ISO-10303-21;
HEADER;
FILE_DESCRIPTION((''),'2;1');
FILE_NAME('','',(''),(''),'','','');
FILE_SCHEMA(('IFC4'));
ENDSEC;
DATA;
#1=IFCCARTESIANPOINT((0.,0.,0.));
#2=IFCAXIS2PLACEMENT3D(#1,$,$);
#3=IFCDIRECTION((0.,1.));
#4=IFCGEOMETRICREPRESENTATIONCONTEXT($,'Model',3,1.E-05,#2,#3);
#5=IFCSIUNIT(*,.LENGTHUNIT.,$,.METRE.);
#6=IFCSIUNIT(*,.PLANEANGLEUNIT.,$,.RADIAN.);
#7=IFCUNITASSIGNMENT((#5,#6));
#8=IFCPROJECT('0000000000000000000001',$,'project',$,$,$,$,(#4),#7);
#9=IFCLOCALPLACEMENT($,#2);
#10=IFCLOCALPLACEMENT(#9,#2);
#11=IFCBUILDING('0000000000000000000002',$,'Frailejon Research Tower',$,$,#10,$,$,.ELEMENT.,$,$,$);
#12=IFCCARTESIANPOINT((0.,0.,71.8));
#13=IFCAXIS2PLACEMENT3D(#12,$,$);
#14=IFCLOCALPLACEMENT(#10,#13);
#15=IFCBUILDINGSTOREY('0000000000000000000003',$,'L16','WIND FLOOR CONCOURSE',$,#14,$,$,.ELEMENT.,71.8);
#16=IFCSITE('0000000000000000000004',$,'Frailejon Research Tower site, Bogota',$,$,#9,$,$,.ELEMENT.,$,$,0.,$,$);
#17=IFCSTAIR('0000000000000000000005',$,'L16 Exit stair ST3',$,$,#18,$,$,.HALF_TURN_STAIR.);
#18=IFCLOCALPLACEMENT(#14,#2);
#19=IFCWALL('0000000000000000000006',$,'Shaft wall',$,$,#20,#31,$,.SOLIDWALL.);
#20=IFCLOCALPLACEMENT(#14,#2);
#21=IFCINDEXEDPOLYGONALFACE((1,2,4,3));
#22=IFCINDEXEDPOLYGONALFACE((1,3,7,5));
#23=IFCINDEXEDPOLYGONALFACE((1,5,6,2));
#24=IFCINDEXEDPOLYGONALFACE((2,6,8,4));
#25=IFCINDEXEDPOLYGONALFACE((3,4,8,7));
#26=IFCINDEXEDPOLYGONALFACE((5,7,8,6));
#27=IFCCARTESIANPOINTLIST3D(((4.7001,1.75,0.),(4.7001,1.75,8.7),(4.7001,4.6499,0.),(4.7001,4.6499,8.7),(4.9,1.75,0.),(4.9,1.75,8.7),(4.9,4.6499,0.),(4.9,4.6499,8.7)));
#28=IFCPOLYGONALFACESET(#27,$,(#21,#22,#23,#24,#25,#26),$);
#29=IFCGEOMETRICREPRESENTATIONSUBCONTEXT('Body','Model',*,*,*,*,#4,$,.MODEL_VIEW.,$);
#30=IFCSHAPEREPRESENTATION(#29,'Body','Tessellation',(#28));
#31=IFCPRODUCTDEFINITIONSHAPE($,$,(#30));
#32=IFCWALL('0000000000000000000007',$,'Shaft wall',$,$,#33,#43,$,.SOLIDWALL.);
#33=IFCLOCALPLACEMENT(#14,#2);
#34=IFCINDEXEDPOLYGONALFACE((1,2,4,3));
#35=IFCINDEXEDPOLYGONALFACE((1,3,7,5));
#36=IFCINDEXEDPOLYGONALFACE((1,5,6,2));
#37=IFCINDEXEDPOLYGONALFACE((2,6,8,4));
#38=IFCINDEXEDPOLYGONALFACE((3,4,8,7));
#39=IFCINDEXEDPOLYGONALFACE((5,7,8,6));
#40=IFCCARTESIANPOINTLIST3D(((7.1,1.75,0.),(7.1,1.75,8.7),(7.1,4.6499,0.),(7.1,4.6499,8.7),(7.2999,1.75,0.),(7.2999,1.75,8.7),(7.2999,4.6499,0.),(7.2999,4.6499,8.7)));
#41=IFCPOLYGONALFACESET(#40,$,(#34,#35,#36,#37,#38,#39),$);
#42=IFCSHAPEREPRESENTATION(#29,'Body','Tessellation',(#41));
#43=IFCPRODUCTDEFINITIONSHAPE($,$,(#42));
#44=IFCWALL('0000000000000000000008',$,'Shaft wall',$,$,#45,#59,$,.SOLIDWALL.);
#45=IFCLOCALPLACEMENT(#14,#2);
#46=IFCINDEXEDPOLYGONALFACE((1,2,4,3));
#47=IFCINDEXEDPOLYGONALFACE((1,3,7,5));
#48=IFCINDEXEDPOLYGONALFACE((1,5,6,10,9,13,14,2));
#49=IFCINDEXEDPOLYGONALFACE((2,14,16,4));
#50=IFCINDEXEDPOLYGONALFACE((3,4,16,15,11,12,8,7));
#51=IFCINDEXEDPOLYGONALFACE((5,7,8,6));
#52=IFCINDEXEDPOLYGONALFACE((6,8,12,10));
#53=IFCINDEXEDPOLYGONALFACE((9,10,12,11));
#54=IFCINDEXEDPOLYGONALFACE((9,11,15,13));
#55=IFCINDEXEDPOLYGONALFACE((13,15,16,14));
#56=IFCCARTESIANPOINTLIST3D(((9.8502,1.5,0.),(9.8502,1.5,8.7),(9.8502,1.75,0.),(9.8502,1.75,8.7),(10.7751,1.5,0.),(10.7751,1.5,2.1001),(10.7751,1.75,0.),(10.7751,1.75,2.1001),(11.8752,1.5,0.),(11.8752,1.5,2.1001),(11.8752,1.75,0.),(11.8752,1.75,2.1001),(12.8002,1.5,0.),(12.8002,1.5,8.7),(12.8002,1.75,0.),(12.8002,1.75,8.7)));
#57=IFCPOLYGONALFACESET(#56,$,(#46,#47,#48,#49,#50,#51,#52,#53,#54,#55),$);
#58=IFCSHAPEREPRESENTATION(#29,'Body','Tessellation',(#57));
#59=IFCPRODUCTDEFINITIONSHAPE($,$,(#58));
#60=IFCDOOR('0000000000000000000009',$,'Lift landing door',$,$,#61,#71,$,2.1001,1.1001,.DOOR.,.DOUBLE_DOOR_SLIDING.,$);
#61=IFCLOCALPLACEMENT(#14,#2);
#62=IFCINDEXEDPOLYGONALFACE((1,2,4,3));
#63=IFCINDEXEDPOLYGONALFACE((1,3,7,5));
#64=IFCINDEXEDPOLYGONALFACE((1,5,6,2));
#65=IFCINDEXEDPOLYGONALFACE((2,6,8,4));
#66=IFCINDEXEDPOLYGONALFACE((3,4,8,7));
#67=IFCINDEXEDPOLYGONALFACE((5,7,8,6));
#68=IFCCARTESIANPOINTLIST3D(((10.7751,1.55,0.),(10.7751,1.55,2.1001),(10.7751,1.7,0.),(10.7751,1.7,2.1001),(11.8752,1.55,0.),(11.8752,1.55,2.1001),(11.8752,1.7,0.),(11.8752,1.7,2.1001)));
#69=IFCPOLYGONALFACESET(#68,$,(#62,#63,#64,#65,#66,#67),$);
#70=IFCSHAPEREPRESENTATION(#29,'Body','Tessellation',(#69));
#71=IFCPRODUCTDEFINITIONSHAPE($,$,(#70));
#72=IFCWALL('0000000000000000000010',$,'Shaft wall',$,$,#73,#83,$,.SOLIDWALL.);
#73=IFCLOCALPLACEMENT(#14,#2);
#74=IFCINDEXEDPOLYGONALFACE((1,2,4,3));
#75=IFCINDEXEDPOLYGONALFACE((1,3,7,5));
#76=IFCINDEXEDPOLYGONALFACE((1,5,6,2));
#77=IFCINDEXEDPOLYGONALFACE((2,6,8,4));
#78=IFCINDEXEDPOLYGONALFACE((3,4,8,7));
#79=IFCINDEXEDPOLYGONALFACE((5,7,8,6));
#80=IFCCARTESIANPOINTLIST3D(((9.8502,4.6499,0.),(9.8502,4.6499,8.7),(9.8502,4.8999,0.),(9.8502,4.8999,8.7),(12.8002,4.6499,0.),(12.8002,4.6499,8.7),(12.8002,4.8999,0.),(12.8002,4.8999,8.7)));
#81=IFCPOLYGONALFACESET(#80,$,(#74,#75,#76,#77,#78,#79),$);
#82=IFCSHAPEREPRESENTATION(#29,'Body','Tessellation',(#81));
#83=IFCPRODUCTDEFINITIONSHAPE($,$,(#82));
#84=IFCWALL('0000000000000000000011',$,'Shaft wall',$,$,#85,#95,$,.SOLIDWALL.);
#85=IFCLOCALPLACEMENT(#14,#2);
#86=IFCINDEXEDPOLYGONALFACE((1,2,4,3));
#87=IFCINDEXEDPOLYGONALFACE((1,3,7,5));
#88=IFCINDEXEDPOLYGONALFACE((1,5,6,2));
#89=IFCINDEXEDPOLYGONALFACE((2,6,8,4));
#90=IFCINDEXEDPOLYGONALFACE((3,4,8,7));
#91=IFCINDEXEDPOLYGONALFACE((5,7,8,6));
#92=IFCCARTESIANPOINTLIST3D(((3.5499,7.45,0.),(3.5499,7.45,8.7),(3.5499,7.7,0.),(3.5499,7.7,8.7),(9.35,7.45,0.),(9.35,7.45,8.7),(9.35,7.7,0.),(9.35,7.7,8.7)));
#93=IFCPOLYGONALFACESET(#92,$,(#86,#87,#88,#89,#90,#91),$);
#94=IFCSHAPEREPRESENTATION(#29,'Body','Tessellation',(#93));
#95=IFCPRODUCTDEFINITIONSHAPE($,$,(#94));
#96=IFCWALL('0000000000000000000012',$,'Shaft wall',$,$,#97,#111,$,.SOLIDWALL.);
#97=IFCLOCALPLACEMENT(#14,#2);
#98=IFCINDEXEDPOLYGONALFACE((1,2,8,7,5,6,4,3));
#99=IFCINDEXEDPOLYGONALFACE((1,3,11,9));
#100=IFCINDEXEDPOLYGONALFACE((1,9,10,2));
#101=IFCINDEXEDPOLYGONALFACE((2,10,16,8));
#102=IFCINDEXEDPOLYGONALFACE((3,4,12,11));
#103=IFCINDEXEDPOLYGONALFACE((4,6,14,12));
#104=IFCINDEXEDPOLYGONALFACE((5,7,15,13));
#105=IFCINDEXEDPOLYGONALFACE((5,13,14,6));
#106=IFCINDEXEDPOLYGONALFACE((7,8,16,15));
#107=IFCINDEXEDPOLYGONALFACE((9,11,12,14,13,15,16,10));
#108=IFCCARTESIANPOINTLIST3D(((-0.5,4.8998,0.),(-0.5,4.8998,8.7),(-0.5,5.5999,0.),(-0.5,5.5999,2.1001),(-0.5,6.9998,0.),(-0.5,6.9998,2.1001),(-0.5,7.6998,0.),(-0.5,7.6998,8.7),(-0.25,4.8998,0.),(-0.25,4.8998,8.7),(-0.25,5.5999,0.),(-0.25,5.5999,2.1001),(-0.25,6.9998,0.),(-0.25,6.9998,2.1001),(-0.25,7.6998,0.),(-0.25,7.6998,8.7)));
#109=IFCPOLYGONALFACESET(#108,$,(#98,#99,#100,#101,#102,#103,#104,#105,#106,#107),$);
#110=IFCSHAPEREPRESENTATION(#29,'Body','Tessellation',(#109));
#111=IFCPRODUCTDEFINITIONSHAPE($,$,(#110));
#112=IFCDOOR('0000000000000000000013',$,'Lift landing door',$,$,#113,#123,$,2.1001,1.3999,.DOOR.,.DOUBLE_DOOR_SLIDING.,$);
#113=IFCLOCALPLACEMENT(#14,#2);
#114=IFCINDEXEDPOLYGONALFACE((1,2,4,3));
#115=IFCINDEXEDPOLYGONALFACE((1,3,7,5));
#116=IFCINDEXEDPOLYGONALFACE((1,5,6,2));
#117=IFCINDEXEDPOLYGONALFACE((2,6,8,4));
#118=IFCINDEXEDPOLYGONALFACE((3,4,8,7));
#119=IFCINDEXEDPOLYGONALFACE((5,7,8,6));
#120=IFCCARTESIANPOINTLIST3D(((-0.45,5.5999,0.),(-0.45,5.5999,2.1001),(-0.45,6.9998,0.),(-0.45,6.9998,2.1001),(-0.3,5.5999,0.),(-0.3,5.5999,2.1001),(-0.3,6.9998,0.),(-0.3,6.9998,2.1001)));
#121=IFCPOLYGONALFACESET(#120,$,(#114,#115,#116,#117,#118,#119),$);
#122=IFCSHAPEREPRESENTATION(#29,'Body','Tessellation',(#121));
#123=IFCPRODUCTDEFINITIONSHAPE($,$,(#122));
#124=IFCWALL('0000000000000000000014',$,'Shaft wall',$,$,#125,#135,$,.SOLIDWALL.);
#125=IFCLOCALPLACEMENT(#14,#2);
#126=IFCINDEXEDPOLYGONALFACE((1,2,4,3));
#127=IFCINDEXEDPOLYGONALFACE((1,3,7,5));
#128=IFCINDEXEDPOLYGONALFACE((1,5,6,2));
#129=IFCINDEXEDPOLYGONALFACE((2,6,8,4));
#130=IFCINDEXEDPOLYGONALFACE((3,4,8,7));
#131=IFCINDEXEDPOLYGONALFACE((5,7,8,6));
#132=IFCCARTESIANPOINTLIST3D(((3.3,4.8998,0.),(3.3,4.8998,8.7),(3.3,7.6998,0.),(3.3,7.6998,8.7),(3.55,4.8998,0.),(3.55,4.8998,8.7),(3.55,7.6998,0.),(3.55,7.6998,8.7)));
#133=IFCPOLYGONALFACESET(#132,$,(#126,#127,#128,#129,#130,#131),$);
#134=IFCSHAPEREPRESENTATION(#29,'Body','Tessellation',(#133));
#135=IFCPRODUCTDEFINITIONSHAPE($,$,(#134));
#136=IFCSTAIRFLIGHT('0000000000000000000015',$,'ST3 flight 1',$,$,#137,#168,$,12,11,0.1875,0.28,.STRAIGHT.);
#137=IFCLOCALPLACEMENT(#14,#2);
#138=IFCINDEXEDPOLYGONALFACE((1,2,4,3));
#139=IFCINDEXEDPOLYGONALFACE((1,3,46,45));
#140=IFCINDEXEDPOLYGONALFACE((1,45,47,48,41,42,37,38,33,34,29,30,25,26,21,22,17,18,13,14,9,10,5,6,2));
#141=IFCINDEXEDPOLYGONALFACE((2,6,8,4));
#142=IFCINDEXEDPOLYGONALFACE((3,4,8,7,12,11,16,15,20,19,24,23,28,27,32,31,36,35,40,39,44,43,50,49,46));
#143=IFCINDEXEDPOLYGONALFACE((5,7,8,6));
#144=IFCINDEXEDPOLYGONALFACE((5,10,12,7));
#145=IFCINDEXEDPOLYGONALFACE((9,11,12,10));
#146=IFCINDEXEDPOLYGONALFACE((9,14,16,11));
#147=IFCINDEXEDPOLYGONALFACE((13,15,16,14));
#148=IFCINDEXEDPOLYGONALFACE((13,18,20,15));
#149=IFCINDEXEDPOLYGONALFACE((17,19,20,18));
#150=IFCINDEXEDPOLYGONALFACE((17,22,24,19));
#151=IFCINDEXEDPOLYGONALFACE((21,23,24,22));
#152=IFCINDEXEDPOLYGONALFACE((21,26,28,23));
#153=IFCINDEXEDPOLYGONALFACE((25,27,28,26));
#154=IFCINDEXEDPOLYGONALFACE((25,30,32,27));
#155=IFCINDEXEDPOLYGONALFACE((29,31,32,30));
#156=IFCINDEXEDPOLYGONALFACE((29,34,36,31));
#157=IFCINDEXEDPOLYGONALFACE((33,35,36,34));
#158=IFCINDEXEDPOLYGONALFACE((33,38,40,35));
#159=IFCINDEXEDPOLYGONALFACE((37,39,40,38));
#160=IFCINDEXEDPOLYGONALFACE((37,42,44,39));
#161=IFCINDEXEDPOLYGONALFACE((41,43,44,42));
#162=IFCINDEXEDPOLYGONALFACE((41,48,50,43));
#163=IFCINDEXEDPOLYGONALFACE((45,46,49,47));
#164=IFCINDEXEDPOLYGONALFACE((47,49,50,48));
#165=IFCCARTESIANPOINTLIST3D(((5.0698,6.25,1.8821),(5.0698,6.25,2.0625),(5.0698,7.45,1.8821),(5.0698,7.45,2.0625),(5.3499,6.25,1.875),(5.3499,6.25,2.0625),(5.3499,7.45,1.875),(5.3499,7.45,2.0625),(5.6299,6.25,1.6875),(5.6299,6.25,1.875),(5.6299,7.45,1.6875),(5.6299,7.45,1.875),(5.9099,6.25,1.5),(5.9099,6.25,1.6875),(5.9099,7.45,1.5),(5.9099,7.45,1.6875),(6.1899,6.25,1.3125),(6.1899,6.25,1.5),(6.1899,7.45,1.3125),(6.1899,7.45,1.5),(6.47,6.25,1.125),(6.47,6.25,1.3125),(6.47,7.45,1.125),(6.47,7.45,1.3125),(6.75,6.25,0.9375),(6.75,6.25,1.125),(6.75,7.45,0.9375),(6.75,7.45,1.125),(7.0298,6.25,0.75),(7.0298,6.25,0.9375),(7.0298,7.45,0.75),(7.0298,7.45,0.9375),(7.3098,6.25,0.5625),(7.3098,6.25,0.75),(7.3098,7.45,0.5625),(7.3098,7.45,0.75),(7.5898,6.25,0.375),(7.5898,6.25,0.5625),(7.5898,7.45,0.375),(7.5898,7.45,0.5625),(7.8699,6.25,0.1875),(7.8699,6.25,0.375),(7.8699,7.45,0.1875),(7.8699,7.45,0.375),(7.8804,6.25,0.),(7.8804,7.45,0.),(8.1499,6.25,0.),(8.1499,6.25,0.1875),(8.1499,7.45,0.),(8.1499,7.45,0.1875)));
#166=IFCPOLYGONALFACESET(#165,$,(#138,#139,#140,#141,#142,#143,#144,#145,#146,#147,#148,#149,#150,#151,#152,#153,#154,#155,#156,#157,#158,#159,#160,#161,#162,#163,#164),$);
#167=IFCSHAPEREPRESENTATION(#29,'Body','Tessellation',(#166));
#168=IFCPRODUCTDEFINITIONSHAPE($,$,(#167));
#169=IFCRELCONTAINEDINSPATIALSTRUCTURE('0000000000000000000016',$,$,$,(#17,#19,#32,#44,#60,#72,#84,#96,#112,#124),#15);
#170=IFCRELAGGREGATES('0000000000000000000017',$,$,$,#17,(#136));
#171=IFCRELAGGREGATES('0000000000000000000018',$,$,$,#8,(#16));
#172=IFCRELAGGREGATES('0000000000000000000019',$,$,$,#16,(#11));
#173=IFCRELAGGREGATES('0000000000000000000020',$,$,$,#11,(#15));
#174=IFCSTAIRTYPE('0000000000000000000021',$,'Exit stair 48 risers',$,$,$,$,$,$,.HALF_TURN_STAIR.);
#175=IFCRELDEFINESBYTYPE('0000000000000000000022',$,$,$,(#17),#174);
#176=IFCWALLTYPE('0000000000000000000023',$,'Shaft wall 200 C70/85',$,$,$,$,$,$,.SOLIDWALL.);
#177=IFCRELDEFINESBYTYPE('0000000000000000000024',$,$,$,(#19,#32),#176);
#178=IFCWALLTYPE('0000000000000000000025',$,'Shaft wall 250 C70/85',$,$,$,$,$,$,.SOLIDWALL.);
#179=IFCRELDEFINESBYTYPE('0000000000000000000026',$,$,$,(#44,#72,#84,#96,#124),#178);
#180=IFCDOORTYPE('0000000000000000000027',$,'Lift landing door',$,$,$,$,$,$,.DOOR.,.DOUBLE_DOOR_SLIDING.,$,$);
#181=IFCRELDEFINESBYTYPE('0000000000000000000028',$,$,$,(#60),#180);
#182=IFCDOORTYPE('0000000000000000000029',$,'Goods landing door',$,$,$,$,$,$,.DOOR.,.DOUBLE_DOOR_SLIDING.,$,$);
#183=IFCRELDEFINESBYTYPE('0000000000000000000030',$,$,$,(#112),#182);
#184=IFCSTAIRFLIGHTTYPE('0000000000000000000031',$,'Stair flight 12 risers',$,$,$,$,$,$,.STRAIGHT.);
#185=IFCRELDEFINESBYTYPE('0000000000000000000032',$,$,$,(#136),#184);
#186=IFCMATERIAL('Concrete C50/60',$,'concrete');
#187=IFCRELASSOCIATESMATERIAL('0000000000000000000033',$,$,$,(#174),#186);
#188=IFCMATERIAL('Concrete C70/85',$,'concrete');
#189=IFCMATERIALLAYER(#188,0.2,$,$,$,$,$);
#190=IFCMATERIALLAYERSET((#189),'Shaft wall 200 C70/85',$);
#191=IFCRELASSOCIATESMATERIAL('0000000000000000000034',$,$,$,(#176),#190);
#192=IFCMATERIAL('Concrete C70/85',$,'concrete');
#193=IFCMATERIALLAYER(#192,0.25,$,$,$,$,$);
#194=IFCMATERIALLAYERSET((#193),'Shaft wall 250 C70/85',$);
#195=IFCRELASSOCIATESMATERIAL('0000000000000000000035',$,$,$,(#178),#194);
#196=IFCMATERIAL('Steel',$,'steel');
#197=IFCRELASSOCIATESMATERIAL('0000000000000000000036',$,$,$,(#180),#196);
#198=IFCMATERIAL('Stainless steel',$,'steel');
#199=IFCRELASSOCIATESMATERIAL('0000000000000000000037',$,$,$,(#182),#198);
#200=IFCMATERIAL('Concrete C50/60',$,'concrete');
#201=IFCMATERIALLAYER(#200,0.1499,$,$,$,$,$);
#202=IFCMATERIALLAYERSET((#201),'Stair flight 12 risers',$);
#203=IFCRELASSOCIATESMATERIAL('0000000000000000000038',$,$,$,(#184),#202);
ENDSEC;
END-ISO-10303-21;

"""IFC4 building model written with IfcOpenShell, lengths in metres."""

from ifc_helpers import new_model, si_unit, direction, frame, frame_2d, origin, place, context, subcontext, project, spatial, polyline, rectangle, outline, extrude, material, layer, layer_set, type_object, element, fill, aggregate, save


model = new_model("IFC4")

# Units and contexts
model_context = context("Model", 3, precision=1e-05, world=origin(), true_north=direction((0.0, 1.0)))
body_context = subcontext(model_context, "Body", "Model", "MODEL_VIEW")
ifc_project = project(units=[si_unit("LENGTHUNIT", "METRE"), si_unit("PLANEANGLEUNIT", "RADIAN")], contexts=[model_context])

# Site, building, storey
site_placement = place(None, origin())
site = spatial("IfcSite", under=ifc_project, at=site_placement, Name="Frailejon Research Tower site, Bogota", CompositionType="ELEMENT", RefElevation=0.0)
building_placement = place(site_placement, origin())
building = spatial("IfcBuilding", under=site, at=building_placement, Name="Frailejon Research Tower", CompositionType="ELEMENT")
storey_placement = place(building_placement, frame((0.0, 0.0, 71.8)))
storey = spatial("IfcBuildingStorey", under=building, at=storey_placement, Name="L16", Description="WIND FLOOR CONCOURSE", CompositionType="ELEMENT", Elevation=71.8)

# Stair
ifc_material_1 = material(Name="Concrete C50/60", Category="concrete")
stair_type = type_object("IfcStairType", Name="Exit stair 48 risers", PredefinedType="HALF_TURN_STAIR", material=ifc_material_1)
stair_placement = place(storey_placement, origin())
stair = element("IfcStair", 1, at=stair_placement, inside=storey, type_object=stair_type, Name="L16 Exit stair ST3", PredefinedType="HALF_TURN_STAIR")

# Walls
ifc_material_2 = material(Name="Concrete C70/85", Category="concrete")
ifc_layer_1 = layer(ifc_material_2, 0.2)
ifc_layer_set_1 = layer_set([ifc_layer_1], Name="Shaft wall 200 C70/85")
wall_type_1 = type_object("IfcWallType", Name="Shaft wall 200 C70/85", PredefinedType="SOLIDWALL", material=ifc_layer_set_1)
for number, where, z_axis, x_axis, name in (
    (2, (4.8, 1.75, 0.0), (0.0, 0.0, 1.0), (0.0, 1.0, 0.0), "Shaft wall"),
    (3, (7.2, 1.75, 0.0), (0.0, 0.0, 1.0), (0.0, 1.0, 0.0), "Shaft wall"),
):
    element("IfcWall", number, at=place(storey_placement, frame(where, z_axis=z_axis, x_axis=x_axis)), inside=storey, type_object=wall_type_1, Name=name, PredefinedType="SOLIDWALL", context=body_context, shape_type="SweptSolid", body=[
        extrude(rectangle(XDim=2.8999, YDim=0.2, at=frame_2d((1.45, 0.0))), origin(), (0.0, 0.0, 1.0), 8.7),
    ])

# Wall, opening, door
ifc_material_3 = material(Name="Concrete C70/85", Category="concrete")
ifc_layer_2 = layer(ifc_material_3, 0.25)
ifc_layer_set_2 = layer_set([ifc_layer_2], Name="Shaft wall 250 C70/85")
wall_type_2 = type_object("IfcWallType", Name="Shaft wall 250 C70/85", PredefinedType="SOLIDWALL", material=ifc_layer_set_2)
wall_1_placement = place(storey_placement, frame((9.8501, 1.625, 0.0), z_axis=(0.0, 0.0, 1.0), x_axis=(1.0, 0.0, 0.0)))
wall_1 = element("IfcWall", 4, at=wall_1_placement, inside=storey, type_object=wall_type_2, Name="Shaft wall", PredefinedType="SOLIDWALL", context=body_context, shape_type="SweptSolid", body=[
    extrude(rectangle(XDim=2.95, YDim=0.25, at=frame_2d((1.4751, 0.0))), origin(), (0.0, 0.0, 1.0), 8.7),
])
opening_1_placement = place(wall_1_placement, frame((0.925, 0.0, 0.0)))
opening_1 = element("IfcOpeningElement", 5, at=opening_1_placement, cuts=wall_1, PredefinedType="OPENING", context=body_context, shape_type="SweptSolid", body=[
    extrude(rectangle(XDim=1.1001, YDim=2.1001, at=frame_2d((0.55, 1.05))), frame((0.0, 0.135, 0.0), z_axis=(0.0, -1.0, 0.0), x_axis=(1.0, 0.0, 0.0)), (0.0, 0.0, 1.0), 0.27),
])
ifc_material_4 = material(Name="Steel", Category="steel")
door_type_1 = type_object("IfcDoorType", Name="Lift landing door", OperationType="DOUBLE_DOOR_SLIDING", PredefinedType="DOOR", material=ifc_material_4)
door_1_placement = place(opening_1_placement, origin())
door_1 = element("IfcDoor", 6, at=door_1_placement, inside=storey, type_object=door_type_1, Name="Lift landing door", OperationType="DOUBLE_DOOR_SLIDING", OverallHeight=2.1001, OverallWidth=1.1001, PredefinedType="DOOR", context=body_context, shape_type="SweptSolid", body=[
    extrude(rectangle(XDim=1.1001, YDim=2.1001, at=frame_2d((0.55, 1.05))), frame((0.0, 0.075, 0.0), z_axis=(0.0, -1.0, 0.0), x_axis=(1.0, 0.0, 0.0)), (0.0, 0.0, 1.0), 0.1499),
])
fill(opening_1, door_1)

# Walls
wall_2_placement = place(storey_placement, frame((9.8501, 4.7749, 0.0), z_axis=(0.0, 0.0, 1.0), x_axis=(1.0, 0.0, 0.0)))
element("IfcWall", 7, at=wall_2_placement, inside=storey, type_object=wall_type_2, Name="Shaft wall", PredefinedType="SOLIDWALL", context=body_context, shape_type="SweptSolid", body=[
    extrude(rectangle(XDim=2.95, YDim=0.25, at=frame_2d((1.4751, 0.0))), origin(), (0.0, 0.0, 1.0), 8.7),
])
wall_3_placement = place(storey_placement, frame((3.55, 7.575, 0.0), z_axis=(0.0, 0.0, 1.0), x_axis=(1.0, 0.0, 0.0)))
element("IfcWall", 8, at=wall_3_placement, inside=storey, type_object=wall_type_2, Name="Shaft wall", PredefinedType="SOLIDWALL", context=body_context, shape_type="SweptSolid", body=[
    extrude(rectangle(XDim=5.8, YDim=0.25, at=frame_2d((2.8999, 0.0))), origin(), (0.0, 0.0, 1.0), 8.7),
])

# Wall, opening, door
wall_4_placement = place(storey_placement, frame((-0.375, 4.8999, 0.0), z_axis=(0.0, 0.0, 1.0), x_axis=(0.0, 1.0, 0.0)))
wall_4 = element("IfcWall", 9, at=wall_4_placement, inside=storey, type_object=wall_type_2, Name="Shaft wall", PredefinedType="SOLIDWALL", context=body_context, shape_type="SweptSolid", body=[
    extrude(rectangle(XDim=2.8, YDim=0.25, at=frame_2d((1.3999, 0.0))), origin(), (0.0, 0.0, 1.0), 8.7),
])
opening_2_placement = place(wall_4_placement, frame((0.7, 0.0, 0.0)))
opening_2 = element("IfcOpeningElement", 10, at=opening_2_placement, cuts=wall_4, PredefinedType="OPENING", context=body_context, shape_type="SweptSolid", body=[
    extrude(rectangle(XDim=1.3999, YDim=2.1001, at=frame_2d((0.7, 1.05))), frame((0.0, 0.135, 0.0), z_axis=(0.0, -1.0, 0.0), x_axis=(1.0, 0.0, 0.0)), (0.0, 0.0, 1.0), 0.27),
])
ifc_material_5 = material(Name="Stainless steel", Category="steel")
door_type_2 = type_object("IfcDoorType", Name="Goods landing door", OperationType="DOUBLE_DOOR_SLIDING", PredefinedType="DOOR", material=ifc_material_5)
door_2_placement = place(opening_2_placement, origin())
door_2 = element("IfcDoor", 11, at=door_2_placement, inside=storey, type_object=door_type_2, Name="Lift landing door", OperationType="DOUBLE_DOOR_SLIDING", OverallHeight=2.1001, OverallWidth=1.3999, PredefinedType="DOOR", context=body_context, shape_type="SweptSolid", body=[
    extrude(rectangle(XDim=1.3999, YDim=2.1001, at=frame_2d((0.7, 1.05))), frame((0.0, 0.075, 0.0), z_axis=(0.0, -1.0, 0.0), x_axis=(1.0, 0.0, 0.0)), (0.0, 0.0, 1.0), 0.1499),
])
fill(opening_2, door_2)

# Wall
wall_5_placement = place(storey_placement, frame((3.425, 4.8999, 0.0), z_axis=(0.0, 0.0, 1.0), x_axis=(0.0, 1.0, 0.0)))
element("IfcWall", 12, at=wall_5_placement, inside=storey, type_object=wall_type_2, Name="Shaft wall", PredefinedType="SOLIDWALL", context=body_context, shape_type="SweptSolid", body=[
    extrude(rectangle(XDim=2.8, YDim=0.25, at=frame_2d((1.3999, 0.0))), origin(), (0.0, 0.0, 1.0), 8.7),
])

# Stair flight
ifc_material_6 = material(Name="Concrete C50/60", Category="concrete")
ifc_layer_3 = layer(ifc_material_6, 0.1499)
ifc_layer_set_3 = layer_set([ifc_layer_3], Name="Stair flight 12 risers")
stair_flight_type = type_object("IfcStairFlightType", Name="Stair flight 12 risers", PredefinedType="STRAIGHT", material=ifc_layer_set_3)
stair_flight_1_placement = place(storey_placement, frame((8.1499, 6.8501, 0.0), z_axis=(0.0, 0.0, 1.0), x_axis=(-1.0, 0.0, 0.0)))
stair_flight_1 = element("IfcStairFlight", 13, at=stair_flight_1_placement, type_object=stair_flight_type, Name="ST3 flight 1", NumberOfRisers=12, NumberOfTreads=11, PredefinedType="STRAIGHT", RiserHeight=0.1875, TreadLength=0.28, context=body_context, shape_type="SweptSolid", body=[
    extrude(outline(polyline([(0.0, 0.0), (0.0, 0.1875), (0.28, 0.1875), (0.28, 0.375), (0.5601, 0.375), (0.5601, 0.5625), (0.8401, 0.5625), (0.8401, 0.75), (1.1201, 0.75), (1.1201, 0.9375), (1.3999, 0.9375), (1.3999, 1.125), (1.6799, 1.125), (1.6799, 1.3125), (1.96, 1.3125), (1.96, 1.5), (2.24, 1.5), (2.24, 1.6875), (2.52, 1.6875), (2.52, 1.875), (2.8, 1.875), (2.8, 2.0625), (3.0801, 2.0625), (3.0801, 2.25), (3.0801, 1.8821), (0.2695, 0.0), (0.0, 0.0)])), frame((0.0, 0.6001, 0.0), z_axis=(0.0, -1.0, 0.0), x_axis=(1.0, 0.0, 0.0)), (0.0, 0.0, 1.0), 1.2),
])
aggregate(stair, [stair_flight_1])

save(model, "model.ifc")
